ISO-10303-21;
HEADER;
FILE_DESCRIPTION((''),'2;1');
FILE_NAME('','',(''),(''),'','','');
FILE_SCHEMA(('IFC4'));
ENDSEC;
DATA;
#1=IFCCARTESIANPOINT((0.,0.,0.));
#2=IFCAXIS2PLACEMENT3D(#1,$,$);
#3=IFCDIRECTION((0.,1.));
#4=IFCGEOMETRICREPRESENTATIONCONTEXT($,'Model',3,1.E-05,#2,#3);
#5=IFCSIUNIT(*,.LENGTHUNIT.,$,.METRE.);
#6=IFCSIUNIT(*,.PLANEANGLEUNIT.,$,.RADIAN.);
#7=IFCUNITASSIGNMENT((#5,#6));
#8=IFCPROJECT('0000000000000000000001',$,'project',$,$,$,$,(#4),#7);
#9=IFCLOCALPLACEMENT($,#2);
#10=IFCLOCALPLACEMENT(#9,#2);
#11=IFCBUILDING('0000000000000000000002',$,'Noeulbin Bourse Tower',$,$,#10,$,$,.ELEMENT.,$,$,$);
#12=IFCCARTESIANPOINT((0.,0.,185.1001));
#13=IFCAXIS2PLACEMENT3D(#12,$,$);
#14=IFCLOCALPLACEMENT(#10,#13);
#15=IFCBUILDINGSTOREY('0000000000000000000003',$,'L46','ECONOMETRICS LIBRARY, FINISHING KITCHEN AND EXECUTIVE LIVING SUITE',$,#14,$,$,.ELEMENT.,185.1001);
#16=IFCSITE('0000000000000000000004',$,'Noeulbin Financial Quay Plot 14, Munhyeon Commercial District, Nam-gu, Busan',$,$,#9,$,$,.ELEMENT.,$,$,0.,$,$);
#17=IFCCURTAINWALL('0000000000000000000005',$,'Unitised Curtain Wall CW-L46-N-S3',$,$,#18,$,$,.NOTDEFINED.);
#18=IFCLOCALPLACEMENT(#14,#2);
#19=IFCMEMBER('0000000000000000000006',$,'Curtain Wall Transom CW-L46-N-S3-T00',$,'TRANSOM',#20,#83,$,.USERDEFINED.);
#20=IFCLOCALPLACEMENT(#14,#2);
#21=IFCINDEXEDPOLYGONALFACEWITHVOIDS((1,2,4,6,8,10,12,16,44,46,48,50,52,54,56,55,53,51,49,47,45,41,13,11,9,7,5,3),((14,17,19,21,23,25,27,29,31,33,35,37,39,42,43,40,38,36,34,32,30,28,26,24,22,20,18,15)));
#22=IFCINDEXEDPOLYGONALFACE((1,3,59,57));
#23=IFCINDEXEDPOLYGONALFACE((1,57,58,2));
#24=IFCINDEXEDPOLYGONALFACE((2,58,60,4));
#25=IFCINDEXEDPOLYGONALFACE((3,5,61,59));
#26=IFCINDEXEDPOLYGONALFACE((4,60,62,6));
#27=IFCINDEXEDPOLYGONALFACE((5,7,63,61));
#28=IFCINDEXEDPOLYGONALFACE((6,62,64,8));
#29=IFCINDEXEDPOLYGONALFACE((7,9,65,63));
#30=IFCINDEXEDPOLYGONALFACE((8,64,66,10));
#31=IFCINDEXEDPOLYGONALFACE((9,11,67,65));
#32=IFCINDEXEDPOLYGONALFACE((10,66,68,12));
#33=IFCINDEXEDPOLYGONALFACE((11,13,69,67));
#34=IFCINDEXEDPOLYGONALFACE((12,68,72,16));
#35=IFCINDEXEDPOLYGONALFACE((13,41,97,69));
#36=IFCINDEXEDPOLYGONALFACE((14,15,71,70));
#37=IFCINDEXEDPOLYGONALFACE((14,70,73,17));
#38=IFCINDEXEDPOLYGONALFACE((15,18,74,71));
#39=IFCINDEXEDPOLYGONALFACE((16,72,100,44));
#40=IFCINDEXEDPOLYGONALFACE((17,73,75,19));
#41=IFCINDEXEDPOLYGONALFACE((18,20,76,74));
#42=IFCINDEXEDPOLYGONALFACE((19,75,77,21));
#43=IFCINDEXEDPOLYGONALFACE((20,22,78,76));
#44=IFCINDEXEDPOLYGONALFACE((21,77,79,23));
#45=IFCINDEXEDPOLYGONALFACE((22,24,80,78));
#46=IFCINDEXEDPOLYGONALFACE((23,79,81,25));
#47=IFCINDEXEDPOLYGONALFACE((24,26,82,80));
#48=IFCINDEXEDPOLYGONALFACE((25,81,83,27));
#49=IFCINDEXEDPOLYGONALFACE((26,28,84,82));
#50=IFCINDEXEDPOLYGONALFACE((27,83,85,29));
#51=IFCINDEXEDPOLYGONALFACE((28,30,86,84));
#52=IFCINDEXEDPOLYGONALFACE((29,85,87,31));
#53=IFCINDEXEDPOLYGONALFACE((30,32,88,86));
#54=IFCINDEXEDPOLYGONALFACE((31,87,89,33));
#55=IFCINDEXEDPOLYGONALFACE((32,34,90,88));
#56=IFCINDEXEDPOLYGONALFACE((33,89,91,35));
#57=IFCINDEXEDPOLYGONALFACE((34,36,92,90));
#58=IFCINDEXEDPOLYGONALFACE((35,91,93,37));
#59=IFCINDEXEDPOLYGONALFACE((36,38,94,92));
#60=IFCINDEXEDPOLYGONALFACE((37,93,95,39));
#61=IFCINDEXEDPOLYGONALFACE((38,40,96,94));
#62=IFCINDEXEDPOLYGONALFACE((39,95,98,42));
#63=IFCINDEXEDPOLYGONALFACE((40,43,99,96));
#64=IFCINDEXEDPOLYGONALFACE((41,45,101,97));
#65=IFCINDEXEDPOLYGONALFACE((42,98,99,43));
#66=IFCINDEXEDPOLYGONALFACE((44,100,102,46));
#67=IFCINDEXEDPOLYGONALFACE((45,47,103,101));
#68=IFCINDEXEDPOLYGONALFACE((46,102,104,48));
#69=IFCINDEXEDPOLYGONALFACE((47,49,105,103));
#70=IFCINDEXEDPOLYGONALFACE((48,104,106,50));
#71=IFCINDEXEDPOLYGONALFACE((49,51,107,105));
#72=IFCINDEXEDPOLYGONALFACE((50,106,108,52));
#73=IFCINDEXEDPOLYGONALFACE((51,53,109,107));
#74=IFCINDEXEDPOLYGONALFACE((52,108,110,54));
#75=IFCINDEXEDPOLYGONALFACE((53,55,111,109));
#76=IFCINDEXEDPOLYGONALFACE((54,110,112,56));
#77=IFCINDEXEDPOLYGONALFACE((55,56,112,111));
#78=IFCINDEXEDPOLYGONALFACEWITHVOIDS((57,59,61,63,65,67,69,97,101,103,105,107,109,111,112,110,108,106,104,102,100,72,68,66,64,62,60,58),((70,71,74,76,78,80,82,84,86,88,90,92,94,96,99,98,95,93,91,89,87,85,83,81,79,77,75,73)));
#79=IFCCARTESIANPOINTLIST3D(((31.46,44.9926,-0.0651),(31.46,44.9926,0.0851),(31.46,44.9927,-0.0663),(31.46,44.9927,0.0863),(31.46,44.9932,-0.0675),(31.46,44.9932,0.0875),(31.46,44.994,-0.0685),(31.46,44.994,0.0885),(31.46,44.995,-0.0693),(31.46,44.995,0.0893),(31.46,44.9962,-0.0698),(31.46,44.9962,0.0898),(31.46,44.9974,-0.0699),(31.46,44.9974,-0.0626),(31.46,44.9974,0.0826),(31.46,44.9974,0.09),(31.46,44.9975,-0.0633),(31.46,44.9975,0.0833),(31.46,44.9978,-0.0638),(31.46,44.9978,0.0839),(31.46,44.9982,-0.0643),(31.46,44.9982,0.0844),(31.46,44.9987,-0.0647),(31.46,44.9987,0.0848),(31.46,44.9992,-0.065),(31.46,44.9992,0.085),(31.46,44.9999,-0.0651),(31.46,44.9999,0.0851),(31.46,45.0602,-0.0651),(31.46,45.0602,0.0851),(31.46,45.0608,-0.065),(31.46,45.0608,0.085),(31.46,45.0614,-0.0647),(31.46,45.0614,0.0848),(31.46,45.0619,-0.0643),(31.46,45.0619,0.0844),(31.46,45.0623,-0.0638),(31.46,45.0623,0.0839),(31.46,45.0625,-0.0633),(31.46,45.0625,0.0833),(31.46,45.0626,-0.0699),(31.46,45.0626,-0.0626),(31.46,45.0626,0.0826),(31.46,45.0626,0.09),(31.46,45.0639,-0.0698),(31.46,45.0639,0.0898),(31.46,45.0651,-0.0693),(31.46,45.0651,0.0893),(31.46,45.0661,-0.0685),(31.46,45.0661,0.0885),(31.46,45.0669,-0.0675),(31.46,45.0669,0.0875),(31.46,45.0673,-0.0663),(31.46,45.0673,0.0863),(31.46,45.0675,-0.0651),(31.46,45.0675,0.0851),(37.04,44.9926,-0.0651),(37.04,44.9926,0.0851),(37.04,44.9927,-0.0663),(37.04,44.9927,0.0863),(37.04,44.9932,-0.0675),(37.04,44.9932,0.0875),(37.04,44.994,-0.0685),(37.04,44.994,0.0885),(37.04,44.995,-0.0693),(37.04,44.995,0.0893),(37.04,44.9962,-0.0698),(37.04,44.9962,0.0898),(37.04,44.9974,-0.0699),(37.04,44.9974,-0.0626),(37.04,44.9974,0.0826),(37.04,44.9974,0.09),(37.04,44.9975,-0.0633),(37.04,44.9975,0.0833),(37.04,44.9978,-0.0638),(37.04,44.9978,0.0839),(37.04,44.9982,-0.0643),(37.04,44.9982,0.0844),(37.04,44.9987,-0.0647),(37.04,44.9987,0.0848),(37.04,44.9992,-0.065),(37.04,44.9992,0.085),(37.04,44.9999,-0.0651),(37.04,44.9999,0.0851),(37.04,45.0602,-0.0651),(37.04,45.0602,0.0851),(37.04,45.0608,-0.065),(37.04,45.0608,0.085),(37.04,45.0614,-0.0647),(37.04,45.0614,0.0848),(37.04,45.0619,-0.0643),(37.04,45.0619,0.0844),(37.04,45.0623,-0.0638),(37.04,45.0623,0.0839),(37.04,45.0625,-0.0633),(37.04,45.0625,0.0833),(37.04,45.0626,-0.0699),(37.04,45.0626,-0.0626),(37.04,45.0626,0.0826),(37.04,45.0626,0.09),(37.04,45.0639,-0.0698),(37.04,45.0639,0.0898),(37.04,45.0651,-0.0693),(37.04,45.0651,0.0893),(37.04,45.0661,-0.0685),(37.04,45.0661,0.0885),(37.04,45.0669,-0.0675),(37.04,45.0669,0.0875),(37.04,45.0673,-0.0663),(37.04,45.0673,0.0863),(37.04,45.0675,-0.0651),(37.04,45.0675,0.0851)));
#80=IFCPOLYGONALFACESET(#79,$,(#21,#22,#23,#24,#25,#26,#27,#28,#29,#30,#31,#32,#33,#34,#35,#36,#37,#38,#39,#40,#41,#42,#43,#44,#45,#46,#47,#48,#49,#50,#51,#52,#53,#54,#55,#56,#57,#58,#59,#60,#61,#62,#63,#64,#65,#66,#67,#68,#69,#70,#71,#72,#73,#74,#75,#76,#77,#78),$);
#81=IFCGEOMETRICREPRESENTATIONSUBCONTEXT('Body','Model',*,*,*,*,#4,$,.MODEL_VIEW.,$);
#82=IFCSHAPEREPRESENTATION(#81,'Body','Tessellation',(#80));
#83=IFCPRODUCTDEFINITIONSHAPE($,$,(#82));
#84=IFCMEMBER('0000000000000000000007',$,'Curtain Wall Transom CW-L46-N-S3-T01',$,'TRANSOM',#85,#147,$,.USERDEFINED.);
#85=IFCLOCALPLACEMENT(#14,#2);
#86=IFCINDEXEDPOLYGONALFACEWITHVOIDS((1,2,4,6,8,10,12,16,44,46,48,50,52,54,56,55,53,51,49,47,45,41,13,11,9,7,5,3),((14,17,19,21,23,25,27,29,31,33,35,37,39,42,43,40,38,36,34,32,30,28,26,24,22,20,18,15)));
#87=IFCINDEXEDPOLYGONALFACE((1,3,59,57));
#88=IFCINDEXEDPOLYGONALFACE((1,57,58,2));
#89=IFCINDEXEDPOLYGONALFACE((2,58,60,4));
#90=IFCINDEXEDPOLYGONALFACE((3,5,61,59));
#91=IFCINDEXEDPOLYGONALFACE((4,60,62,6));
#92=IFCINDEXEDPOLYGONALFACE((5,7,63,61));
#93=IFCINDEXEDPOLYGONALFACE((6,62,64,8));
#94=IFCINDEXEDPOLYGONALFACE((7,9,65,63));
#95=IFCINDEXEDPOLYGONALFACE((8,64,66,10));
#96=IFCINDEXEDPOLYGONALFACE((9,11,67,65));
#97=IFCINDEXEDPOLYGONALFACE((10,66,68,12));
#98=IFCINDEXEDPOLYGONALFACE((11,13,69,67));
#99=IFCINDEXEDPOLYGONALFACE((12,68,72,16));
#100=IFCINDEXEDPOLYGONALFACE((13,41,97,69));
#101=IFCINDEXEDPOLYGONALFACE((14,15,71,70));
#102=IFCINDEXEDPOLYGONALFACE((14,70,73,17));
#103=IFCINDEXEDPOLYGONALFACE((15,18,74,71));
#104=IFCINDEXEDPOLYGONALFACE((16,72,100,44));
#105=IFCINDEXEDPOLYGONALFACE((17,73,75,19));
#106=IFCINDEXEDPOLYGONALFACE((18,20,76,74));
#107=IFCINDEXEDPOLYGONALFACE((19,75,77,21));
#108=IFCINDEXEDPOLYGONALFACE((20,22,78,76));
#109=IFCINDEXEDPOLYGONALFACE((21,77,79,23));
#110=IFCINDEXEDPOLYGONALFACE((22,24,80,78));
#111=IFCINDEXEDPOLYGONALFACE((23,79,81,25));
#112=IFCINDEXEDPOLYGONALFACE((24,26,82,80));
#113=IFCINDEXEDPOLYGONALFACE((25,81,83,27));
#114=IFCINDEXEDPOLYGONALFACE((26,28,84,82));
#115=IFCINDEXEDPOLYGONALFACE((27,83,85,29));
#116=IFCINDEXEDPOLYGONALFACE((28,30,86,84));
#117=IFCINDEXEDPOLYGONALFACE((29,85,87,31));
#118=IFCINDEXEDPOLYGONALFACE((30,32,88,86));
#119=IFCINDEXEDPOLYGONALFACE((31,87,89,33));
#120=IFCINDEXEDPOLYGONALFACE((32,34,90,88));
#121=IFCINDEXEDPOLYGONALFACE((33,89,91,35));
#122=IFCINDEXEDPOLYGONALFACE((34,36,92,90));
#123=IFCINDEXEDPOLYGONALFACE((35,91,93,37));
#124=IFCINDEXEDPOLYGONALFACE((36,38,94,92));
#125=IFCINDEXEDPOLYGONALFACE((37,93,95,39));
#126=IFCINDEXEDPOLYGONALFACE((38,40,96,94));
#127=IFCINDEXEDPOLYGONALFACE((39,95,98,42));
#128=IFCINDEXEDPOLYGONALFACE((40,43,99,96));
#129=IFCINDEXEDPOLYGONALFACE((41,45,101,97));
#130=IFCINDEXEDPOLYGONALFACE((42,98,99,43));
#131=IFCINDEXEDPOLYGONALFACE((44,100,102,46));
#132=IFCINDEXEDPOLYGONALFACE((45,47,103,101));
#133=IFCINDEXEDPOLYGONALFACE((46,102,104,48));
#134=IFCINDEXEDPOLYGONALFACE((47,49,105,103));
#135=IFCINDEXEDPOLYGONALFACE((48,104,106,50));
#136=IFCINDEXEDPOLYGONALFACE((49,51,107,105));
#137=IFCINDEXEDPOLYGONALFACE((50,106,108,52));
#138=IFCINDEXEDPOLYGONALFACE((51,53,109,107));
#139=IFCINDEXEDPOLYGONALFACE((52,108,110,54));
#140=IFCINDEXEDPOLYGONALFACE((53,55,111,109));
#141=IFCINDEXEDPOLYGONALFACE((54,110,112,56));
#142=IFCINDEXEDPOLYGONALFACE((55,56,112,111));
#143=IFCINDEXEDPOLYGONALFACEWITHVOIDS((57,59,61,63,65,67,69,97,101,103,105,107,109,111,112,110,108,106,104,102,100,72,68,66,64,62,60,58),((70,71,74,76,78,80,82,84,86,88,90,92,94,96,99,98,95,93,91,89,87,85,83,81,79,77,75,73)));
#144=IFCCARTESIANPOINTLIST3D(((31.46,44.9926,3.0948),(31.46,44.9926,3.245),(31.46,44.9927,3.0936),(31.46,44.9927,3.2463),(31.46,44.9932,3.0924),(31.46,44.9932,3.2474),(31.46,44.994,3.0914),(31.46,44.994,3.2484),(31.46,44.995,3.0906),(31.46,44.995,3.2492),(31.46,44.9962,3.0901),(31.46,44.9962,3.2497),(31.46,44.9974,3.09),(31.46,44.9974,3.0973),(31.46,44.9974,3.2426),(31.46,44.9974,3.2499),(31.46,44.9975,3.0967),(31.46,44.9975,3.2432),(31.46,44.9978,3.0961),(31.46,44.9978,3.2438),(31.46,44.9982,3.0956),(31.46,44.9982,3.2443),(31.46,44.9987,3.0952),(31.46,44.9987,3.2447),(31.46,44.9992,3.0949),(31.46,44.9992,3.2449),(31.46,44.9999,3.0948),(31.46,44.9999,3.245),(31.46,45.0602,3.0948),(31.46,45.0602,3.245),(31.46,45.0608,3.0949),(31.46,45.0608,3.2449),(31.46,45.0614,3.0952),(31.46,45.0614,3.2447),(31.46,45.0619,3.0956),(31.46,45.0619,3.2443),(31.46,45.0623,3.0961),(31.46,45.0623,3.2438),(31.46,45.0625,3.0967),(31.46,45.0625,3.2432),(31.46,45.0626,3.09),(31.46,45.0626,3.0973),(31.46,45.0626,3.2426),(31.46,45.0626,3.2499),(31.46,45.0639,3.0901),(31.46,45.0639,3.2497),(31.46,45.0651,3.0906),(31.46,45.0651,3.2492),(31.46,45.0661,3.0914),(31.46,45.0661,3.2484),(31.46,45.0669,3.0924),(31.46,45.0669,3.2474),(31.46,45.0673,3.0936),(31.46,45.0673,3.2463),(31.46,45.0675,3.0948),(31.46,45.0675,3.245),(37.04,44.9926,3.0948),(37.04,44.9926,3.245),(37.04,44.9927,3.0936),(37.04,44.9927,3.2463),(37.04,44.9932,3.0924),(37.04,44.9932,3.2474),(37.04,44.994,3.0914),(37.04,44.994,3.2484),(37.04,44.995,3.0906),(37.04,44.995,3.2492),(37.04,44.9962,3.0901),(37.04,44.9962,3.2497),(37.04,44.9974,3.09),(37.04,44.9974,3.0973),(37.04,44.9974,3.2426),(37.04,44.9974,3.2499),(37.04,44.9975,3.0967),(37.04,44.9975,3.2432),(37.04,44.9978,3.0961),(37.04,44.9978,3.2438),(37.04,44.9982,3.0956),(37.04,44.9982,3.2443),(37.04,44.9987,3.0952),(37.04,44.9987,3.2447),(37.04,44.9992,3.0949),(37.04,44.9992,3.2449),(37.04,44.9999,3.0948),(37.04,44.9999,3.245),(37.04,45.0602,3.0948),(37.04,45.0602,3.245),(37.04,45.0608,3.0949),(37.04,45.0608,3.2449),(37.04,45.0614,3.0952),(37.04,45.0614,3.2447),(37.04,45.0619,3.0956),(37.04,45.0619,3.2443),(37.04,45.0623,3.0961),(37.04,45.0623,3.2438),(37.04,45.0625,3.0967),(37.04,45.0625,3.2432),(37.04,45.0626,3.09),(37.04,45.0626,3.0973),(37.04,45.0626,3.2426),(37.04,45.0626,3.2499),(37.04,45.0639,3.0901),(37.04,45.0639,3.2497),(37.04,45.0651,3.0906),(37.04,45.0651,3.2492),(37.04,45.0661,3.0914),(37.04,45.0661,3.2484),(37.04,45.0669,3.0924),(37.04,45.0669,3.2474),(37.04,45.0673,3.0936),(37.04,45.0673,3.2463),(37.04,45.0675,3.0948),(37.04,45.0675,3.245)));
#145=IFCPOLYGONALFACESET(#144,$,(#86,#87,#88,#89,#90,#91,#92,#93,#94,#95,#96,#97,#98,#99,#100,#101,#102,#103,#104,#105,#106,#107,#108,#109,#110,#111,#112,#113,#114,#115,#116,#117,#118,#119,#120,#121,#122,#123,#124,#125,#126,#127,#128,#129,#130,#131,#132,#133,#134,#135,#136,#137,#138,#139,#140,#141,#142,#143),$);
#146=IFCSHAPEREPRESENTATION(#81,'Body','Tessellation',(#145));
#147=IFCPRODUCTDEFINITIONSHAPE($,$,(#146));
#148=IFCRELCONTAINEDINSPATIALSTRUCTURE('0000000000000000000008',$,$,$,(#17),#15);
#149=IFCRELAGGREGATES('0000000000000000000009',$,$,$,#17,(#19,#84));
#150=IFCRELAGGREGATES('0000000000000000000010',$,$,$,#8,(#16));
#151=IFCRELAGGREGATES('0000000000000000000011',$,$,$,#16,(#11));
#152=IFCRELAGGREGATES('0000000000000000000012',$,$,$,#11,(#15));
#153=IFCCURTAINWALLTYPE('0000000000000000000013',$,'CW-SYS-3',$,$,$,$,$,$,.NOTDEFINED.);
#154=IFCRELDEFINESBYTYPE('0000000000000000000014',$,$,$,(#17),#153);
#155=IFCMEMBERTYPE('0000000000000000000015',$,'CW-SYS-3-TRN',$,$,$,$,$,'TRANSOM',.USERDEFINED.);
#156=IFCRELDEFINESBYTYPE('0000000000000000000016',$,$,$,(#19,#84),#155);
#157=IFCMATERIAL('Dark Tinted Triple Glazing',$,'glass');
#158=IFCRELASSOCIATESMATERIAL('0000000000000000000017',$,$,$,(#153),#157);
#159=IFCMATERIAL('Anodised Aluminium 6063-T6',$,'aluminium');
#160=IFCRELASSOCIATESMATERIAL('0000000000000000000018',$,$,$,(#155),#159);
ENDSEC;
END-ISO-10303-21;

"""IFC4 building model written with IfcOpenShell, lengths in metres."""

from ifc_helpers import new_model, si_unit, direction, frame, origin, origin_2d, place, context, subcontext, project, spatial, hollow_rectangle, extrude, material, material_profile, profile_set, type_object, element, aggregate, save


model = new_model("IFC4")

# Units and contexts
model_context = context("Model", 3, precision=1e-05, world=origin(), true_north=direction((0.0, 1.0)))
body_context = subcontext(model_context, "Body", "Model", "MODEL_VIEW")
ifc_project = project(units=[si_unit("LENGTHUNIT", "METRE"), si_unit("PLANEANGLEUNIT", "RADIAN")], contexts=[model_context])

# Site, building, storey
site_placement = place(None, origin())
site = spatial("IfcSite", under=ifc_project, at=site_placement, Name="Noeulbin Financial Quay Plot 14, Munhyeon Commercial District, Nam-gu, Busan", CompositionType="ELEMENT", RefElevation=0.0)
building_placement = place(site_placement, origin())
building = spatial("IfcBuilding", under=site, at=building_placement, Name="Noeulbin Bourse Tower", CompositionType="ELEMENT")
storey_placement = place(building_placement, frame((0.0, 0.0, 185.1001)))
storey = spatial("IfcBuildingStorey", under=building, at=storey_placement, Name="L46", Description="ECONOMETRICS LIBRARY, FINISHING KITCHEN AND EXECUTIVE LIVING SUITE", CompositionType="ELEMENT", Elevation=185.1001)

# Shared definitions
ifc_material_1 = material(Name="Dark Tinted Triple Glazing", Category="glass")
curtain_wall_type = type_object("IfcCurtainWallType", Name="CW-SYS-3", PredefinedType="NOTDEFINED", material=ifc_material_1)
ifc_material_2 = material(Name="Anodised Aluminium 6063-T6", Category="aluminium")

# Curtain wall
curtain_wall_1_placement = place(storey_placement, origin())
curtain_wall_1 = element("IfcCurtainWall", 1, at=curtain_wall_1_placement, inside=storey, type_object=curtain_wall_type, Name="Unitised Curtain Wall CW-L46-N-S3", PredefinedType="NOTDEFINED")

# Members
ifc_material_profile_1 = material_profile(ifc_material_2, hollow_rectangle(XDim=0.075, YDim=0.1599, WallThickness=0.0049, InnerFilletRadius=0.0024, OuterFilletRadius=0.0049, at=origin_2d()), Name="ALU-TRAN-75x160x5", Category="LoadBearing")
ifc_profile_set_1 = profile_set([ifc_material_profile_1], Name="Anodised Aluminium 6063-T6")
member_type_1 = type_object("IfcMemberType", Name="CW-SYS-3-TRN", ElementType="TRANSOM", PredefinedType="USERDEFINED", material=ifc_profile_set_1)
member_1_placement = place(storey_placement, frame((31.46, 45.03, 0.01), z_axis=(1.0, 0.0, 0.0), x_axis=(0.0, 1.0, 0.0)))
member_1 = element("IfcMember", 2, at=member_1_placement, type_object=member_type_1, Name="Curtain Wall Transom CW-L46-N-S3-T00", ObjectType="TRANSOM", PredefinedType="USERDEFINED", context=body_context, shape_type="SweptSolid", body=[
    extrude(hollow_rectangle(XDim=0.075, YDim=0.1599, WallThickness=0.0049, InnerFilletRadius=0.0024, OuterFilletRadius=0.0049, at=origin_2d()), origin(), (0.0, 0.0, 1.0), 5.5801),
])
member_2_placement = place(storey_placement, frame((31.46, 45.03, 3.1699), z_axis=(1.0, 0.0, 0.0), x_axis=(0.0, 1.0, 0.0)))
member_2 = element("IfcMember", 3, at=member_2_placement, type_object=member_type_1, Name="Curtain Wall Transom CW-L46-N-S3-T01", ObjectType="TRANSOM", PredefinedType="USERDEFINED", context=body_context, shape_type="SweptSolid", body=[
    extrude(hollow_rectangle(XDim=0.075, YDim=0.1599, WallThickness=0.0049, InnerFilletRadius=0.0024, OuterFilletRadius=0.0049, at=origin_2d()), origin(), (0.0, 0.0, 1.0), 5.5801),
])

aggregate(curtain_wall_1, [member_1, member_2])

save(model, "model.ifc")
